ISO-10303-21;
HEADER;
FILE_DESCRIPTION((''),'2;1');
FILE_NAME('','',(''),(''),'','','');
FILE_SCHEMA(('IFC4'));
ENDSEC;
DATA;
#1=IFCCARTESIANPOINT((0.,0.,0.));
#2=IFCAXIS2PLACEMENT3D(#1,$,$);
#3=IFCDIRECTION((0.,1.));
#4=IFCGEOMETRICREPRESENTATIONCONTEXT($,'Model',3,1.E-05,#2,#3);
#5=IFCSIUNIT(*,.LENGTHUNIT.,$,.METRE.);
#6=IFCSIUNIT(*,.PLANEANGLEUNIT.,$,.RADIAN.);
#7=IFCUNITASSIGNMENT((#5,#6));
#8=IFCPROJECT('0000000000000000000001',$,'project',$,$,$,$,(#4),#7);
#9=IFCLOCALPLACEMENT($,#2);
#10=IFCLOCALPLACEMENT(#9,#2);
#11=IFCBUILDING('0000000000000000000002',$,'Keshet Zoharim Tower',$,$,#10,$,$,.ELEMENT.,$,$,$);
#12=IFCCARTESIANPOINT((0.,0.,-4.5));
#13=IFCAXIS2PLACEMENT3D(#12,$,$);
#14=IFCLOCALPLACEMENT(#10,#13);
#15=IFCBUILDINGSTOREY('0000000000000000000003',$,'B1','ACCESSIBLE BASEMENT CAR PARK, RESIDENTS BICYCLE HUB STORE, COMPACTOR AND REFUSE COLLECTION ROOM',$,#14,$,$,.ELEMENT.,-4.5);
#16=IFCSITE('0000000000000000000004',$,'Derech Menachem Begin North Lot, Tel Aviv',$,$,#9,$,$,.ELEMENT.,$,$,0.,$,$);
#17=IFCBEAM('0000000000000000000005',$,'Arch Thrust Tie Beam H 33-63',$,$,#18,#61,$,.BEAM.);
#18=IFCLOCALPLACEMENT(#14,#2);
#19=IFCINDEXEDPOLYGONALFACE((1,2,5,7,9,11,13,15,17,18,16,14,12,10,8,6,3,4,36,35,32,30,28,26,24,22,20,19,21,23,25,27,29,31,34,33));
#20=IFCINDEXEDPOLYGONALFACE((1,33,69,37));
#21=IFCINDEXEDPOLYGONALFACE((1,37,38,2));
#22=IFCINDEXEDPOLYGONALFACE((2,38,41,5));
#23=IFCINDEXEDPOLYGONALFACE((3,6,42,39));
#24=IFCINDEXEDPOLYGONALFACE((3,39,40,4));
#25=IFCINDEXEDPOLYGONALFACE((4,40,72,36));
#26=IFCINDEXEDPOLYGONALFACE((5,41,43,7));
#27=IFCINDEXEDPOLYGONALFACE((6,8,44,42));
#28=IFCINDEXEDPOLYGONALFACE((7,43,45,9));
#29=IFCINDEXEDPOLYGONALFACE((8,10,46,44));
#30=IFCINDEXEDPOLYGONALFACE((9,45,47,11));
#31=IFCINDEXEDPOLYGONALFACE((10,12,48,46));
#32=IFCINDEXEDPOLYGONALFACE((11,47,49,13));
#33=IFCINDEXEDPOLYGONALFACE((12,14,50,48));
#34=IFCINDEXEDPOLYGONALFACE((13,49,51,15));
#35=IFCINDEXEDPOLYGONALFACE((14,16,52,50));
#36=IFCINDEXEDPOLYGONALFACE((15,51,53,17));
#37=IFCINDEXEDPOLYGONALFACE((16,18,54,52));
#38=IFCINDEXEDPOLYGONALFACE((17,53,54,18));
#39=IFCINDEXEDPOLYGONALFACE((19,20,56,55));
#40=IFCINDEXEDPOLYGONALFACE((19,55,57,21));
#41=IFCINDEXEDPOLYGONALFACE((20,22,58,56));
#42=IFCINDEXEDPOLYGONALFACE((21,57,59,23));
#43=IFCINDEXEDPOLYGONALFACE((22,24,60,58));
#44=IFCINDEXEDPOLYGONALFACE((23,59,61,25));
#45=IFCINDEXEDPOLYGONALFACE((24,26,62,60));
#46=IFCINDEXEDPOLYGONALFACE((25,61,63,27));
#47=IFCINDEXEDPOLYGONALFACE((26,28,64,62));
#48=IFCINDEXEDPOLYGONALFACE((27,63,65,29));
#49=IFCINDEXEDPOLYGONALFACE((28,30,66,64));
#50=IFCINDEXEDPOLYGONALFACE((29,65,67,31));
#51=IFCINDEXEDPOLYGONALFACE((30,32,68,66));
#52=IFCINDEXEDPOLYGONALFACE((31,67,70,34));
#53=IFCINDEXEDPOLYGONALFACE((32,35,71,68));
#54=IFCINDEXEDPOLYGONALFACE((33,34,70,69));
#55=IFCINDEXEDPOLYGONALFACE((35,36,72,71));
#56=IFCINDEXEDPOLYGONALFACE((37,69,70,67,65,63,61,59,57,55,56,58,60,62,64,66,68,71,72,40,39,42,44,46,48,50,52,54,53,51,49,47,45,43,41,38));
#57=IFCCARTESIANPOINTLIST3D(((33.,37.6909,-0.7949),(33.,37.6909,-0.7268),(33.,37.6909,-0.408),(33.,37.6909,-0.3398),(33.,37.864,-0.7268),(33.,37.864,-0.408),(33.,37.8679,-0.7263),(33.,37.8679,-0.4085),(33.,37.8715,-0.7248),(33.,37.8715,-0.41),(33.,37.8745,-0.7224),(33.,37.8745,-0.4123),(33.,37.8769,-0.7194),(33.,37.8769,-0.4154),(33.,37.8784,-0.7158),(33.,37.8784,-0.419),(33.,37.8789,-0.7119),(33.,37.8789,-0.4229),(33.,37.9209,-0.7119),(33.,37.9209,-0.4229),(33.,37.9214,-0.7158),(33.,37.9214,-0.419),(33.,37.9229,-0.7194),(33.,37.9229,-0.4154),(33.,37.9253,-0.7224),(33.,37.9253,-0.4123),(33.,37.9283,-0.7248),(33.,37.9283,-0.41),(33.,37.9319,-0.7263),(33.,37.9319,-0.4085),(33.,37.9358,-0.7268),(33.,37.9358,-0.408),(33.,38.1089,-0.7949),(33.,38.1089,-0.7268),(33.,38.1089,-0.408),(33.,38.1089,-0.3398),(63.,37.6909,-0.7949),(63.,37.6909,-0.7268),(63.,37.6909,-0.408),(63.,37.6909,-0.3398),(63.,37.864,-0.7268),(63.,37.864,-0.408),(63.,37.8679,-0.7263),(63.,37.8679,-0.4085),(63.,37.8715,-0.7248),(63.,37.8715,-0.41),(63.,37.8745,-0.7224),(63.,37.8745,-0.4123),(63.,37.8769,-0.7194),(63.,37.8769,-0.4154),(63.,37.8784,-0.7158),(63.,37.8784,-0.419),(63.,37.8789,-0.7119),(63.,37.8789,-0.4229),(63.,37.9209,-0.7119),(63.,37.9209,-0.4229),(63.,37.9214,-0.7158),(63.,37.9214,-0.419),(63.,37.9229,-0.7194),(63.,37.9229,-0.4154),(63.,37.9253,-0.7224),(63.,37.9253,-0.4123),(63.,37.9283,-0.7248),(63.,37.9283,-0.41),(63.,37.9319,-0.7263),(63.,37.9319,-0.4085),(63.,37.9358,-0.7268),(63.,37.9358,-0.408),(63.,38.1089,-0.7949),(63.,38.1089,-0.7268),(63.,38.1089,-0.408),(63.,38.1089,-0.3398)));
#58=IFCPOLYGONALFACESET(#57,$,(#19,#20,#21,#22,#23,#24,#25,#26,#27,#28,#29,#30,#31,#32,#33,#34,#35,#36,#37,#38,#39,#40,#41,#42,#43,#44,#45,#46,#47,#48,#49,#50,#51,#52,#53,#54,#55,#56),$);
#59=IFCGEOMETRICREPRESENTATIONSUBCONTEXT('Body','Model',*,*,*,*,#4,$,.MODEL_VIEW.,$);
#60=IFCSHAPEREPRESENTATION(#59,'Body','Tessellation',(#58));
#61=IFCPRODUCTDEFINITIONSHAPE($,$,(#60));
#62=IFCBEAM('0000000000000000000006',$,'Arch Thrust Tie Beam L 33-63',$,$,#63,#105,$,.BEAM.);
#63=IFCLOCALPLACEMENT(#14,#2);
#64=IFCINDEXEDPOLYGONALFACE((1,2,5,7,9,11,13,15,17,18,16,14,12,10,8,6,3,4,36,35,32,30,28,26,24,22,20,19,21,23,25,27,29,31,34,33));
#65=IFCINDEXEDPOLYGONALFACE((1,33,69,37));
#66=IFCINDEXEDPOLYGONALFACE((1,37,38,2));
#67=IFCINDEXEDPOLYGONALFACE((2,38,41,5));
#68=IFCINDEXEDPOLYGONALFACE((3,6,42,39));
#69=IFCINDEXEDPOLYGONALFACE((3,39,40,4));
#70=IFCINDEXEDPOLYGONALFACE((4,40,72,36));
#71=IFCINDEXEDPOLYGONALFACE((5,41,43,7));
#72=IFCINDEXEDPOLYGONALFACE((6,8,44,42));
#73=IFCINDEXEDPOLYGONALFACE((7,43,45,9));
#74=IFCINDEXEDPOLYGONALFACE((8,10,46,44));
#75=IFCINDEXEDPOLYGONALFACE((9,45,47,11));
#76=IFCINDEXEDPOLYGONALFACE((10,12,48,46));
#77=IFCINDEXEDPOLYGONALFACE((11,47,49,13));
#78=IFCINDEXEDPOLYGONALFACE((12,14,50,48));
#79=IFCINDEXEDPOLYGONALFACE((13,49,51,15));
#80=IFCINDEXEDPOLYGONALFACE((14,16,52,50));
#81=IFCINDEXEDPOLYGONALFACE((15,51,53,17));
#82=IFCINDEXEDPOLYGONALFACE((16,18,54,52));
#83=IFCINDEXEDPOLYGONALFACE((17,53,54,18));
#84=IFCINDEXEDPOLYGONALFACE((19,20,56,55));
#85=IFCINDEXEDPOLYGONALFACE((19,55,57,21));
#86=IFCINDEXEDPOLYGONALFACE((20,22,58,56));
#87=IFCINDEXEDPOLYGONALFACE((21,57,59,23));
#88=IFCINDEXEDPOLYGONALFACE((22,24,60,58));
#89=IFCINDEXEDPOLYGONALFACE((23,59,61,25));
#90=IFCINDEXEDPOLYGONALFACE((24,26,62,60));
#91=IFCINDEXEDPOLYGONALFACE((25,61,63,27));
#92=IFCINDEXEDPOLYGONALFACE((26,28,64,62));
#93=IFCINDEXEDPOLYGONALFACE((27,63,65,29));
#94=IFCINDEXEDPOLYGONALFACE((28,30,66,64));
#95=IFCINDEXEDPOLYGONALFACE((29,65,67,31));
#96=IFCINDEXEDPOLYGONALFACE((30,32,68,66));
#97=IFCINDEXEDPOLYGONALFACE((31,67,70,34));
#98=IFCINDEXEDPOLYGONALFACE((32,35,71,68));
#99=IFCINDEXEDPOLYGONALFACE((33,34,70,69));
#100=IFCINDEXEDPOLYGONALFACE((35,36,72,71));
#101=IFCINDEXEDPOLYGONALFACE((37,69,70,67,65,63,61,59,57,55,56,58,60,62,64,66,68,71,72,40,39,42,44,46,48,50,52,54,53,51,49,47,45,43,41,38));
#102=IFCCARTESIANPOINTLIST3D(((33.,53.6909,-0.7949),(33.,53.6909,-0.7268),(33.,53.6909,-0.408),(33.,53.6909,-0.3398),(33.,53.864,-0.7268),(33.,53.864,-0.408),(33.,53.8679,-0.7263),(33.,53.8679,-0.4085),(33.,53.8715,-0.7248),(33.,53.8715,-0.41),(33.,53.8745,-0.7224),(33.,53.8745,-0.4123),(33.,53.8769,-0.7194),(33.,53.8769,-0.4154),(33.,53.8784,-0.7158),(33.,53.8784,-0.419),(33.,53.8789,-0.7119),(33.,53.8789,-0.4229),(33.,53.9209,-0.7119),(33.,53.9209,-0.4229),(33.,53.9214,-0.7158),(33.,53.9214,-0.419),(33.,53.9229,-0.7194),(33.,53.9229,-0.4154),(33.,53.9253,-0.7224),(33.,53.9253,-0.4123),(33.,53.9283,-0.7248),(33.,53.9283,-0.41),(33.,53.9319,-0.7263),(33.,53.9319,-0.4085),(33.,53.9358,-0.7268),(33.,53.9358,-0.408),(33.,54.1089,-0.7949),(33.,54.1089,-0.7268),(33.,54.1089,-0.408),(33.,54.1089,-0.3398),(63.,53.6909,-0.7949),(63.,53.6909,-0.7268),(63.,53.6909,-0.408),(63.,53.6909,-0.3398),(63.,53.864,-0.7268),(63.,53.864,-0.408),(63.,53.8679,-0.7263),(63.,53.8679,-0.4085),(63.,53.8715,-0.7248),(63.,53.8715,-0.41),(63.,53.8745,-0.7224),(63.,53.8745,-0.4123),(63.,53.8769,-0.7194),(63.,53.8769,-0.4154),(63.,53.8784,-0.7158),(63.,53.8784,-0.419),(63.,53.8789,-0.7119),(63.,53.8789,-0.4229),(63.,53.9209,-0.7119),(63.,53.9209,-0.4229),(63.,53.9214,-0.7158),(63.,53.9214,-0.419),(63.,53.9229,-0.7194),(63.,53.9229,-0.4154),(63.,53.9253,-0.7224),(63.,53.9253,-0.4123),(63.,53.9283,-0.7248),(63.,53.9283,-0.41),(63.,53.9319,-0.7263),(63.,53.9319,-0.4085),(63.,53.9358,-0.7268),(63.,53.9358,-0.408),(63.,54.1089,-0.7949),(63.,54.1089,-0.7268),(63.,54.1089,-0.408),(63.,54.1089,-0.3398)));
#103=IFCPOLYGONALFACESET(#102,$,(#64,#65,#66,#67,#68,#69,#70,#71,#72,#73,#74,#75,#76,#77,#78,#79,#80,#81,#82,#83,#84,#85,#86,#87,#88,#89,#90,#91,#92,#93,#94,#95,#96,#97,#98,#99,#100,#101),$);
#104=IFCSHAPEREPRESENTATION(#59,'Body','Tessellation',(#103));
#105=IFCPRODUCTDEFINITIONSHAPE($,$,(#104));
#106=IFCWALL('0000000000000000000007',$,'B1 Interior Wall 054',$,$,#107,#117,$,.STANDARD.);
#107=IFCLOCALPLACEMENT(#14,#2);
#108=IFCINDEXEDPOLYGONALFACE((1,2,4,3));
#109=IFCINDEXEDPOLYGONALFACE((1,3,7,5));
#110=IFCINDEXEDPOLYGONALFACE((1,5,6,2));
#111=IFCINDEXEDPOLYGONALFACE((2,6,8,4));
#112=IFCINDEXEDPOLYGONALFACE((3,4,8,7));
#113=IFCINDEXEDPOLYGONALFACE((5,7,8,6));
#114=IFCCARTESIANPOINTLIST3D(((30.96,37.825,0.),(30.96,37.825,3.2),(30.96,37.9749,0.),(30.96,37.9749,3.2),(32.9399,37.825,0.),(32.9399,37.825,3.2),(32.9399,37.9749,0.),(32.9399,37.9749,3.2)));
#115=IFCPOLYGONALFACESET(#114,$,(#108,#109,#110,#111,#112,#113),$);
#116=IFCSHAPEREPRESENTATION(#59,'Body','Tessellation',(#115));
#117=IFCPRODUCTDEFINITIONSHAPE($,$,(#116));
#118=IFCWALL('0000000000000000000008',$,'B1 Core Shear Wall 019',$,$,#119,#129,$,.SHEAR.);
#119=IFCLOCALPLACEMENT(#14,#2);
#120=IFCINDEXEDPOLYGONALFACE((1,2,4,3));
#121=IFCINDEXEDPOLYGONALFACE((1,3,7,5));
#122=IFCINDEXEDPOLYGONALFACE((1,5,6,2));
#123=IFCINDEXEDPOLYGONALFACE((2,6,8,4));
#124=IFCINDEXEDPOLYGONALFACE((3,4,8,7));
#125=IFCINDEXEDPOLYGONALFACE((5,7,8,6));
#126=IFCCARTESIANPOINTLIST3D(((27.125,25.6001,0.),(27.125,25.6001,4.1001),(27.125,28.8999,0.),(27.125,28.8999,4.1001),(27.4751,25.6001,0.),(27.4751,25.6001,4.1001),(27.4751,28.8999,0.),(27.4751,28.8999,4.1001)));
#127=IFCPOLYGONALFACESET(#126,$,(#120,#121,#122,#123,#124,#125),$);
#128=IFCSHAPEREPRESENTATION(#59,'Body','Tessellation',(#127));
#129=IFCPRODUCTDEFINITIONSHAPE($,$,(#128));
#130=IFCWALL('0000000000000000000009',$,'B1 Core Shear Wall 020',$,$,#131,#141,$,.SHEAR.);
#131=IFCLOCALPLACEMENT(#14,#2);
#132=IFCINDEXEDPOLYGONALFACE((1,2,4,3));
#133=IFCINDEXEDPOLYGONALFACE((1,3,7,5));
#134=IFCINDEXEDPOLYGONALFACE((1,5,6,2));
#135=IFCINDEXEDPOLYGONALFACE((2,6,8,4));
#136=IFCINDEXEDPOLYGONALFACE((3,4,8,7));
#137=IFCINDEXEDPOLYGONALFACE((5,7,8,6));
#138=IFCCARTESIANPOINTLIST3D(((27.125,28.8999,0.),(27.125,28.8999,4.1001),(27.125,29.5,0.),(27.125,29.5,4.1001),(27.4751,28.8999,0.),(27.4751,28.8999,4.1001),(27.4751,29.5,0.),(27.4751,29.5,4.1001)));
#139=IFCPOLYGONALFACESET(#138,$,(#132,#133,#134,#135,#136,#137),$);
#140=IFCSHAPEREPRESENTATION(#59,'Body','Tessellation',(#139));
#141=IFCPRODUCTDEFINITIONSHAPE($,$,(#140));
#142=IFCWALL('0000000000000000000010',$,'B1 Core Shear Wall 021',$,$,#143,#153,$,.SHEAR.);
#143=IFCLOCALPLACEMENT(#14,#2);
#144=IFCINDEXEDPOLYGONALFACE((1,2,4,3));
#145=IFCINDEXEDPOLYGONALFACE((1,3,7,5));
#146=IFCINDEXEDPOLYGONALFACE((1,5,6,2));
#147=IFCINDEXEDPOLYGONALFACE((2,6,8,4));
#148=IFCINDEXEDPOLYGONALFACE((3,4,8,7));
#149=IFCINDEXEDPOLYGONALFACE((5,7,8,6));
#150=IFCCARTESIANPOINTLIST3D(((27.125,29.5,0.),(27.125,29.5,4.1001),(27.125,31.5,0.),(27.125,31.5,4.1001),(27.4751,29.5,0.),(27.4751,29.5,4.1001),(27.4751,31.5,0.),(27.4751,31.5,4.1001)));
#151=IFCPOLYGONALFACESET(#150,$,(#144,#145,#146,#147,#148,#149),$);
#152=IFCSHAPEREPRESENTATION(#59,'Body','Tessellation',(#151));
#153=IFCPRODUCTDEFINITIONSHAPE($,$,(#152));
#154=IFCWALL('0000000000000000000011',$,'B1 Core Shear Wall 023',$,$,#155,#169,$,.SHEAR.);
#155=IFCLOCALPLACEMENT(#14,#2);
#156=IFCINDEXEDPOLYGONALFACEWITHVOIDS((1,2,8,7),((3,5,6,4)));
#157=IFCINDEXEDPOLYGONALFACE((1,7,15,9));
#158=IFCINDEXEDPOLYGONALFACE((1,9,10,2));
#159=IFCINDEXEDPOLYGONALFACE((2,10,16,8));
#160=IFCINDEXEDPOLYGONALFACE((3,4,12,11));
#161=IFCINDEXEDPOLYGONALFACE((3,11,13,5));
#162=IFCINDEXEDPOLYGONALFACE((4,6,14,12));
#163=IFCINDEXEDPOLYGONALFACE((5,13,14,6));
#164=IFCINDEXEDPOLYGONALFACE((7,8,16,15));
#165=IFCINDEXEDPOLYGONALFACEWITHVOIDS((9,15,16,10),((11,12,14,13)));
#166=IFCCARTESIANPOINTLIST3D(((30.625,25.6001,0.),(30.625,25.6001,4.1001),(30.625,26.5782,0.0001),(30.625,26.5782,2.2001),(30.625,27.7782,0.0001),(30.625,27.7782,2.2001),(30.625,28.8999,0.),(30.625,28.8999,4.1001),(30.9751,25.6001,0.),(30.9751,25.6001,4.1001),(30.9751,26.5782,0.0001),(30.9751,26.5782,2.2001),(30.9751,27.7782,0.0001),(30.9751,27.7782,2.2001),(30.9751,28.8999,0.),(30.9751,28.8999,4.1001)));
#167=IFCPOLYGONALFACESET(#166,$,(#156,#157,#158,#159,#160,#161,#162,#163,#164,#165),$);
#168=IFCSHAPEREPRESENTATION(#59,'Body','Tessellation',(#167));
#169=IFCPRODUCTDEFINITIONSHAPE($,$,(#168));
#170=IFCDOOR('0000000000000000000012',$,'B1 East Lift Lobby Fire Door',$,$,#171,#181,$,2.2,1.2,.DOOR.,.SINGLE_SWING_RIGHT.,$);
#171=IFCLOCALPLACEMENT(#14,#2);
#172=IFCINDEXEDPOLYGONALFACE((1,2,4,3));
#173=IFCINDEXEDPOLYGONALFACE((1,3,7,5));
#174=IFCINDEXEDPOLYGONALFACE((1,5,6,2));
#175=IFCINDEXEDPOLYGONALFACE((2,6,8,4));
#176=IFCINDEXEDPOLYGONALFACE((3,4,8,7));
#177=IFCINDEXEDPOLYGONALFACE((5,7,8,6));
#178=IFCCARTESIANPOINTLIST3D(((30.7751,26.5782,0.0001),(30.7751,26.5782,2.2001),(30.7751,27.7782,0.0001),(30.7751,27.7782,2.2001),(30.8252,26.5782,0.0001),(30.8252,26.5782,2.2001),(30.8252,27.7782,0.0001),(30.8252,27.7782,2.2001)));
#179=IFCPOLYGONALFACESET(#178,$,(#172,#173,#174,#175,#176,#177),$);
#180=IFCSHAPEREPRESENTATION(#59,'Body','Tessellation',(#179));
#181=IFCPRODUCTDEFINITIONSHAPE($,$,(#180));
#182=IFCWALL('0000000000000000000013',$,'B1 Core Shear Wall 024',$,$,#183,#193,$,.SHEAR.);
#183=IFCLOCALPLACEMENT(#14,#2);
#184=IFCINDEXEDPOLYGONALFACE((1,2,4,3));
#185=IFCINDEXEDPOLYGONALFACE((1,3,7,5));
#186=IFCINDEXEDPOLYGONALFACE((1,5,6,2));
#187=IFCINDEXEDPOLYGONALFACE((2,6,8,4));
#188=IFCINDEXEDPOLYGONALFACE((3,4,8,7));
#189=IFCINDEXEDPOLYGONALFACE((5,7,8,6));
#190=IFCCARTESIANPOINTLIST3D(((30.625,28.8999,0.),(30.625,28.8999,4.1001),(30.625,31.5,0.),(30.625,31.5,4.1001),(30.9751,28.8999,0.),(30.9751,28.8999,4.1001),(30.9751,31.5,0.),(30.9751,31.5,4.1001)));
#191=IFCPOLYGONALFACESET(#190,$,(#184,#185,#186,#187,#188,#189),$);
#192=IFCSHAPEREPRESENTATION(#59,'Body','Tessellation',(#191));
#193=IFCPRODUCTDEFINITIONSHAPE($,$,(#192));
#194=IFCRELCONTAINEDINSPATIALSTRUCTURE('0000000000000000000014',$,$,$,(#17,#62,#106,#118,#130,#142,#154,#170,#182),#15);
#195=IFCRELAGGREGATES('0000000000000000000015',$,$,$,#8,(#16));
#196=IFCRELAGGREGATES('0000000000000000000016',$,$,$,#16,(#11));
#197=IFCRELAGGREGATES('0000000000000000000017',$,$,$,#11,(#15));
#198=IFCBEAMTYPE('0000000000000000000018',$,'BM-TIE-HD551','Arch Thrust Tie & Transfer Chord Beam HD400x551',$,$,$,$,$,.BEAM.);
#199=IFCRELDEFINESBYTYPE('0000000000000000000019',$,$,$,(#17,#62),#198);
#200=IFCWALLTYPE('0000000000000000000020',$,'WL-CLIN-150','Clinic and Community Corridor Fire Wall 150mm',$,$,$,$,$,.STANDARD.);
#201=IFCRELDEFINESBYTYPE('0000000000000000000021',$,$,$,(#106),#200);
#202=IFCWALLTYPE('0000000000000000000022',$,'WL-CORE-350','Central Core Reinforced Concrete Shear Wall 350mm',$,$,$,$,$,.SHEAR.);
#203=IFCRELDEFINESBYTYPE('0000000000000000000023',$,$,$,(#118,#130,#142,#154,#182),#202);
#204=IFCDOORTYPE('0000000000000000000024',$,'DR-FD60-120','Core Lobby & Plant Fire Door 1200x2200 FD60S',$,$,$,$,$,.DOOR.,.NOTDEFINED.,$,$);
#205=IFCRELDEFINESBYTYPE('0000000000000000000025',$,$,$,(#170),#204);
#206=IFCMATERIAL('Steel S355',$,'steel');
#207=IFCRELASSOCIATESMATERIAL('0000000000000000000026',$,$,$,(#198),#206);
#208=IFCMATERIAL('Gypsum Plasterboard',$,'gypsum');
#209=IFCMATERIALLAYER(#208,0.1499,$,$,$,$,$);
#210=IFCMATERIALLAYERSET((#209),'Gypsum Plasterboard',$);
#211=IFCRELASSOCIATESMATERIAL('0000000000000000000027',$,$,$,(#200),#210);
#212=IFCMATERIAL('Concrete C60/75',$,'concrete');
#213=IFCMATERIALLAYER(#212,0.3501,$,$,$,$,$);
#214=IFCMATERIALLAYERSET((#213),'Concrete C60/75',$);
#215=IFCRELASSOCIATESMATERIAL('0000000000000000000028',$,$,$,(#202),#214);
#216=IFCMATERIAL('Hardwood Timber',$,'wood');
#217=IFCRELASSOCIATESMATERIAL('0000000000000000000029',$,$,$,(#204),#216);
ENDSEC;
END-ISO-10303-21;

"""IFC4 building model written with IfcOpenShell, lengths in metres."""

from ifc_helpers import new_model, si_unit, direction, frame, frame_2d, origin, origin_2d, place, context, subcontext, project, spatial, rectangle, i_section, extrude, material, layer, layer_set, material_profile, profile_set, type_object, element, fill, save


model = new_model("IFC4")

# Units and contexts
model_context = context("Model", 3, precision=1e-05, world=origin(), true_north=direction((0.0, 1.0)))
body_context = subcontext(model_context, "Body", "Model", "MODEL_VIEW")
ifc_project = project(units=[si_unit("LENGTHUNIT", "METRE"), si_unit("PLANEANGLEUNIT", "RADIAN")], contexts=[model_context])

# Site, building, storey
site_placement = place(None, origin())
site = spatial("IfcSite", under=ifc_project, at=site_placement, Name="Derech Menachem Begin North Lot, Tel Aviv", CompositionType="ELEMENT", RefElevation=0.0)
building_placement = place(site_placement, origin())
building = spatial("IfcBuilding", under=site, at=building_placement, Name="Keshet Zoharim Tower", CompositionType="ELEMENT")
storey_placement = place(building_placement, frame((0.0, 0.0, -4.5)))
storey = spatial("IfcBuildingStorey", under=building, at=storey_placement, Name="B1", Description="ACCESSIBLE BASEMENT CAR PARK, RESIDENTS BICYCLE HUB STORE, COMPACTOR AND REFUSE COLLECTION ROOM", CompositionType="ELEMENT", Elevation=-4.5)

# Shared definitions
ifc_material_1 = material(Name="Concrete C60/75", Category="concrete")

# Beams
ifc_material_2 = material(Name="Steel S355", Category="steel")
ifc_material_profile_1 = material_profile(ifc_material_2, i_section(OverallWidth=0.418, OverallDepth=0.4551, WebThickness=0.042, FlangeThickness=0.0681, FilletRadius=0.0149, at=origin_2d()), Name="HD400x551")
ifc_profile_set_1 = profile_set([ifc_material_profile_1], Name="Steel S355")
beam_type_1 = type_object("IfcBeamType", Name="BM-TIE-HD551", Description="Arch Thrust Tie & Transfer Chord Beam HD400x551", PredefinedType="BEAM", material=ifc_profile_set_1)
for number, where, z_axis, x_axis, name in (
    (1, (33.0, 37.8999, -0.5674), (1.0, 0.0, 0.0), (0.0, 1.0, 0.0), "Arch Thrust Tie Beam H 33-63"),
    (2, (33.0, 53.8999, -0.5674), (1.0, 0.0, 0.0), (0.0, 1.0, 0.0), "Arch Thrust Tie Beam L 33-63"),
):
    element("IfcBeam", number, at=place(storey_placement, frame(where, z_axis=z_axis, x_axis=x_axis)), inside=storey, type_object=beam_type_1, Name=name, PredefinedType="BEAM", context=body_context, shape_type="SweptSolid", body=[
        extrude(i_section(OverallWidth=0.418, OverallDepth=0.4551, WebThickness=0.042, FlangeThickness=0.0681, FilletRadius=0.0149, at=origin_2d()), origin(), (0.0, 0.0, 1.0), 30.0),
    ])

# Walls
ifc_material_3 = material(Name="Gypsum Plasterboard", Category="gypsum")
ifc_layer_1 = layer(ifc_material_3, 0.1499)
ifc_layer_set_1 = layer_set([ifc_layer_1], Name="Gypsum Plasterboard")
wall_type_1 = type_object("IfcWallType", Name="WL-CLIN-150", Description="Clinic and Community Corridor Fire Wall 150mm", PredefinedType="STANDARD", material=ifc_layer_set_1)
wall_1_placement = place(storey_placement, frame((30.96, 37.8999, 0.0), z_axis=(0.0, 0.0, 1.0), x_axis=(1.0, 0.0, 0.0)))
element("IfcWall", 3, at=wall_1_placement, inside=storey, type_object=wall_type_1, Name="B1 Interior Wall 054", PredefinedType="STANDARD", context=body_context, shape_type="SweptSolid", body=[
    extrude(rectangle(XDim=1.98, YDim=0.1499, at=frame_2d((0.99, 0.0))), origin(), (0.0, 0.0, 1.0), 3.2),
])
ifc_layer_2 = layer(ifc_material_1, 0.3501)
ifc_layer_set_2 = layer_set([ifc_layer_2], Name="Concrete C60/75")
wall_type_2 = type_object("IfcWallType", Name="WL-CORE-350", Description="Central Core Reinforced Concrete Shear Wall 350mm", PredefinedType="SHEAR", material=ifc_layer_set_2)
wall_2_placement = place(storey_placement, frame((27.3, 25.6001, 0.0), z_axis=(0.0, 0.0, 1.0), x_axis=(0.0, 1.0, 0.0)))
element("IfcWall", 4, at=wall_2_placement, inside=storey, type_object=wall_type_2, Name="B1 Core Shear Wall 019", PredefinedType="SHEAR", context=body_context, shape_type="SweptSolid", body=[
    extrude(rectangle(XDim=3.2998, YDim=0.3501, at=frame_2d((1.6499, 0.0))), origin(), (0.0, 0.0, 1.0), 4.1001),
])
wall_3_placement = place(storey_placement, frame((27.3, 28.8999, 0.0), z_axis=(0.0, 0.0, 1.0), x_axis=(0.0, 1.0, 0.0)))
element("IfcWall", 5, at=wall_3_placement, inside=storey, type_object=wall_type_2, Name="B1 Core Shear Wall 020", PredefinedType="SHEAR", context=body_context, shape_type="SweptSolid", body=[
    extrude(rectangle(XDim=0.6001, YDim=0.3501, at=frame_2d((0.3, 0.0))), origin(), (0.0, 0.0, 1.0), 4.1001),
])
wall_4_placement = place(storey_placement, frame((27.3, 29.5, 0.0), z_axis=(0.0, 0.0, 1.0), x_axis=(0.0, 1.0, 0.0)))
element("IfcWall", 6, at=wall_4_placement, inside=storey, type_object=wall_type_2, Name="B1 Core Shear Wall 021", PredefinedType="SHEAR", context=body_context, shape_type="SweptSolid", body=[
    extrude(rectangle(XDim=2.0, YDim=0.3501, at=frame_2d((1.0, 0.0))), origin(), (0.0, 0.0, 1.0), 4.1001),
])

# Wall, opening, door
wall_5_placement = place(storey_placement, frame((30.8, 25.6001, 0.0), z_axis=(0.0, 0.0, 1.0), x_axis=(0.0, 1.0, 0.0)))
wall_5 = element("IfcWall", 7, at=wall_5_placement, inside=storey, type_object=wall_type_2, Name="B1 Core Shear Wall 023", PredefinedType="SHEAR", context=body_context, shape_type="SweptSolid", body=[
    extrude(rectangle(XDim=3.2998, YDim=0.3501, at=frame_2d((1.6499, 0.0))), origin(), (0.0, 0.0, 1.0), 4.1001),
])
opening_1_placement = place(wall_5_placement, frame((0.978, 0.0, 0.0)))
opening_1 = element("IfcOpeningElement", 8, at=opening_1_placement, cuts=wall_5, PredefinedType="OPENING", context=body_context, shape_type="SweptSolid", body=[
    extrude(rectangle(XDim=1.2, YDim=2.2, at=frame_2d((0.6001, 1.1001))), frame((0.0, 0.1851, 0.0), z_axis=(0.0, -1.0, 0.0), x_axis=(1.0, 0.0, 0.0)), (0.0, 0.0, 1.0), 0.3701),
])
ifc_material_4 = material(Name="Hardwood Timber", Category="wood")
door_type_1 = type_object("IfcDoorType", Name="DR-FD60-120", Description="Core Lobby & Plant Fire Door 1200x2200 FD60S", OperationType="NOTDEFINED", PredefinedType="DOOR", material=ifc_material_4)
door_1_placement = place(opening_1_placement, origin())
door_1 = element("IfcDoor", 9, at=door_1_placement, inside=storey, type_object=door_type_1, Name="B1 East Lift Lobby Fire Door", OperationType="SINGLE_SWING_RIGHT", OverallHeight=2.2, OverallWidth=1.2, PredefinedType="DOOR", context=body_context, shape_type="SweptSolid", body=[
    extrude(rectangle(XDim=1.2, YDim=2.2, at=frame_2d((0.6001, 1.1001))), frame((0.0, 0.0249, 0.0), z_axis=(0.0, -1.0, 0.0), x_axis=(1.0, 0.0, 0.0)), (0.0, 0.0, 1.0), 0.05),
])
fill(opening_1, door_1)

# Wall
wall_6_placement = place(storey_placement, frame((30.8, 28.8999, 0.0), z_axis=(0.0, 0.0, 1.0), x_axis=(0.0, 1.0, 0.0)))
element("IfcWall", 10, at=wall_6_placement, inside=storey, type_object=wall_type_2, Name="B1 Core Shear Wall 024", PredefinedType="SHEAR", context=body_context, shape_type="SweptSolid", body=[
    extrude(rectangle(XDim=2.6001, YDim=0.3501, at=frame_2d((1.3, 0.0))), origin(), (0.0, 0.0, 1.0), 4.1001),
])

save(model, "model.ifc")
